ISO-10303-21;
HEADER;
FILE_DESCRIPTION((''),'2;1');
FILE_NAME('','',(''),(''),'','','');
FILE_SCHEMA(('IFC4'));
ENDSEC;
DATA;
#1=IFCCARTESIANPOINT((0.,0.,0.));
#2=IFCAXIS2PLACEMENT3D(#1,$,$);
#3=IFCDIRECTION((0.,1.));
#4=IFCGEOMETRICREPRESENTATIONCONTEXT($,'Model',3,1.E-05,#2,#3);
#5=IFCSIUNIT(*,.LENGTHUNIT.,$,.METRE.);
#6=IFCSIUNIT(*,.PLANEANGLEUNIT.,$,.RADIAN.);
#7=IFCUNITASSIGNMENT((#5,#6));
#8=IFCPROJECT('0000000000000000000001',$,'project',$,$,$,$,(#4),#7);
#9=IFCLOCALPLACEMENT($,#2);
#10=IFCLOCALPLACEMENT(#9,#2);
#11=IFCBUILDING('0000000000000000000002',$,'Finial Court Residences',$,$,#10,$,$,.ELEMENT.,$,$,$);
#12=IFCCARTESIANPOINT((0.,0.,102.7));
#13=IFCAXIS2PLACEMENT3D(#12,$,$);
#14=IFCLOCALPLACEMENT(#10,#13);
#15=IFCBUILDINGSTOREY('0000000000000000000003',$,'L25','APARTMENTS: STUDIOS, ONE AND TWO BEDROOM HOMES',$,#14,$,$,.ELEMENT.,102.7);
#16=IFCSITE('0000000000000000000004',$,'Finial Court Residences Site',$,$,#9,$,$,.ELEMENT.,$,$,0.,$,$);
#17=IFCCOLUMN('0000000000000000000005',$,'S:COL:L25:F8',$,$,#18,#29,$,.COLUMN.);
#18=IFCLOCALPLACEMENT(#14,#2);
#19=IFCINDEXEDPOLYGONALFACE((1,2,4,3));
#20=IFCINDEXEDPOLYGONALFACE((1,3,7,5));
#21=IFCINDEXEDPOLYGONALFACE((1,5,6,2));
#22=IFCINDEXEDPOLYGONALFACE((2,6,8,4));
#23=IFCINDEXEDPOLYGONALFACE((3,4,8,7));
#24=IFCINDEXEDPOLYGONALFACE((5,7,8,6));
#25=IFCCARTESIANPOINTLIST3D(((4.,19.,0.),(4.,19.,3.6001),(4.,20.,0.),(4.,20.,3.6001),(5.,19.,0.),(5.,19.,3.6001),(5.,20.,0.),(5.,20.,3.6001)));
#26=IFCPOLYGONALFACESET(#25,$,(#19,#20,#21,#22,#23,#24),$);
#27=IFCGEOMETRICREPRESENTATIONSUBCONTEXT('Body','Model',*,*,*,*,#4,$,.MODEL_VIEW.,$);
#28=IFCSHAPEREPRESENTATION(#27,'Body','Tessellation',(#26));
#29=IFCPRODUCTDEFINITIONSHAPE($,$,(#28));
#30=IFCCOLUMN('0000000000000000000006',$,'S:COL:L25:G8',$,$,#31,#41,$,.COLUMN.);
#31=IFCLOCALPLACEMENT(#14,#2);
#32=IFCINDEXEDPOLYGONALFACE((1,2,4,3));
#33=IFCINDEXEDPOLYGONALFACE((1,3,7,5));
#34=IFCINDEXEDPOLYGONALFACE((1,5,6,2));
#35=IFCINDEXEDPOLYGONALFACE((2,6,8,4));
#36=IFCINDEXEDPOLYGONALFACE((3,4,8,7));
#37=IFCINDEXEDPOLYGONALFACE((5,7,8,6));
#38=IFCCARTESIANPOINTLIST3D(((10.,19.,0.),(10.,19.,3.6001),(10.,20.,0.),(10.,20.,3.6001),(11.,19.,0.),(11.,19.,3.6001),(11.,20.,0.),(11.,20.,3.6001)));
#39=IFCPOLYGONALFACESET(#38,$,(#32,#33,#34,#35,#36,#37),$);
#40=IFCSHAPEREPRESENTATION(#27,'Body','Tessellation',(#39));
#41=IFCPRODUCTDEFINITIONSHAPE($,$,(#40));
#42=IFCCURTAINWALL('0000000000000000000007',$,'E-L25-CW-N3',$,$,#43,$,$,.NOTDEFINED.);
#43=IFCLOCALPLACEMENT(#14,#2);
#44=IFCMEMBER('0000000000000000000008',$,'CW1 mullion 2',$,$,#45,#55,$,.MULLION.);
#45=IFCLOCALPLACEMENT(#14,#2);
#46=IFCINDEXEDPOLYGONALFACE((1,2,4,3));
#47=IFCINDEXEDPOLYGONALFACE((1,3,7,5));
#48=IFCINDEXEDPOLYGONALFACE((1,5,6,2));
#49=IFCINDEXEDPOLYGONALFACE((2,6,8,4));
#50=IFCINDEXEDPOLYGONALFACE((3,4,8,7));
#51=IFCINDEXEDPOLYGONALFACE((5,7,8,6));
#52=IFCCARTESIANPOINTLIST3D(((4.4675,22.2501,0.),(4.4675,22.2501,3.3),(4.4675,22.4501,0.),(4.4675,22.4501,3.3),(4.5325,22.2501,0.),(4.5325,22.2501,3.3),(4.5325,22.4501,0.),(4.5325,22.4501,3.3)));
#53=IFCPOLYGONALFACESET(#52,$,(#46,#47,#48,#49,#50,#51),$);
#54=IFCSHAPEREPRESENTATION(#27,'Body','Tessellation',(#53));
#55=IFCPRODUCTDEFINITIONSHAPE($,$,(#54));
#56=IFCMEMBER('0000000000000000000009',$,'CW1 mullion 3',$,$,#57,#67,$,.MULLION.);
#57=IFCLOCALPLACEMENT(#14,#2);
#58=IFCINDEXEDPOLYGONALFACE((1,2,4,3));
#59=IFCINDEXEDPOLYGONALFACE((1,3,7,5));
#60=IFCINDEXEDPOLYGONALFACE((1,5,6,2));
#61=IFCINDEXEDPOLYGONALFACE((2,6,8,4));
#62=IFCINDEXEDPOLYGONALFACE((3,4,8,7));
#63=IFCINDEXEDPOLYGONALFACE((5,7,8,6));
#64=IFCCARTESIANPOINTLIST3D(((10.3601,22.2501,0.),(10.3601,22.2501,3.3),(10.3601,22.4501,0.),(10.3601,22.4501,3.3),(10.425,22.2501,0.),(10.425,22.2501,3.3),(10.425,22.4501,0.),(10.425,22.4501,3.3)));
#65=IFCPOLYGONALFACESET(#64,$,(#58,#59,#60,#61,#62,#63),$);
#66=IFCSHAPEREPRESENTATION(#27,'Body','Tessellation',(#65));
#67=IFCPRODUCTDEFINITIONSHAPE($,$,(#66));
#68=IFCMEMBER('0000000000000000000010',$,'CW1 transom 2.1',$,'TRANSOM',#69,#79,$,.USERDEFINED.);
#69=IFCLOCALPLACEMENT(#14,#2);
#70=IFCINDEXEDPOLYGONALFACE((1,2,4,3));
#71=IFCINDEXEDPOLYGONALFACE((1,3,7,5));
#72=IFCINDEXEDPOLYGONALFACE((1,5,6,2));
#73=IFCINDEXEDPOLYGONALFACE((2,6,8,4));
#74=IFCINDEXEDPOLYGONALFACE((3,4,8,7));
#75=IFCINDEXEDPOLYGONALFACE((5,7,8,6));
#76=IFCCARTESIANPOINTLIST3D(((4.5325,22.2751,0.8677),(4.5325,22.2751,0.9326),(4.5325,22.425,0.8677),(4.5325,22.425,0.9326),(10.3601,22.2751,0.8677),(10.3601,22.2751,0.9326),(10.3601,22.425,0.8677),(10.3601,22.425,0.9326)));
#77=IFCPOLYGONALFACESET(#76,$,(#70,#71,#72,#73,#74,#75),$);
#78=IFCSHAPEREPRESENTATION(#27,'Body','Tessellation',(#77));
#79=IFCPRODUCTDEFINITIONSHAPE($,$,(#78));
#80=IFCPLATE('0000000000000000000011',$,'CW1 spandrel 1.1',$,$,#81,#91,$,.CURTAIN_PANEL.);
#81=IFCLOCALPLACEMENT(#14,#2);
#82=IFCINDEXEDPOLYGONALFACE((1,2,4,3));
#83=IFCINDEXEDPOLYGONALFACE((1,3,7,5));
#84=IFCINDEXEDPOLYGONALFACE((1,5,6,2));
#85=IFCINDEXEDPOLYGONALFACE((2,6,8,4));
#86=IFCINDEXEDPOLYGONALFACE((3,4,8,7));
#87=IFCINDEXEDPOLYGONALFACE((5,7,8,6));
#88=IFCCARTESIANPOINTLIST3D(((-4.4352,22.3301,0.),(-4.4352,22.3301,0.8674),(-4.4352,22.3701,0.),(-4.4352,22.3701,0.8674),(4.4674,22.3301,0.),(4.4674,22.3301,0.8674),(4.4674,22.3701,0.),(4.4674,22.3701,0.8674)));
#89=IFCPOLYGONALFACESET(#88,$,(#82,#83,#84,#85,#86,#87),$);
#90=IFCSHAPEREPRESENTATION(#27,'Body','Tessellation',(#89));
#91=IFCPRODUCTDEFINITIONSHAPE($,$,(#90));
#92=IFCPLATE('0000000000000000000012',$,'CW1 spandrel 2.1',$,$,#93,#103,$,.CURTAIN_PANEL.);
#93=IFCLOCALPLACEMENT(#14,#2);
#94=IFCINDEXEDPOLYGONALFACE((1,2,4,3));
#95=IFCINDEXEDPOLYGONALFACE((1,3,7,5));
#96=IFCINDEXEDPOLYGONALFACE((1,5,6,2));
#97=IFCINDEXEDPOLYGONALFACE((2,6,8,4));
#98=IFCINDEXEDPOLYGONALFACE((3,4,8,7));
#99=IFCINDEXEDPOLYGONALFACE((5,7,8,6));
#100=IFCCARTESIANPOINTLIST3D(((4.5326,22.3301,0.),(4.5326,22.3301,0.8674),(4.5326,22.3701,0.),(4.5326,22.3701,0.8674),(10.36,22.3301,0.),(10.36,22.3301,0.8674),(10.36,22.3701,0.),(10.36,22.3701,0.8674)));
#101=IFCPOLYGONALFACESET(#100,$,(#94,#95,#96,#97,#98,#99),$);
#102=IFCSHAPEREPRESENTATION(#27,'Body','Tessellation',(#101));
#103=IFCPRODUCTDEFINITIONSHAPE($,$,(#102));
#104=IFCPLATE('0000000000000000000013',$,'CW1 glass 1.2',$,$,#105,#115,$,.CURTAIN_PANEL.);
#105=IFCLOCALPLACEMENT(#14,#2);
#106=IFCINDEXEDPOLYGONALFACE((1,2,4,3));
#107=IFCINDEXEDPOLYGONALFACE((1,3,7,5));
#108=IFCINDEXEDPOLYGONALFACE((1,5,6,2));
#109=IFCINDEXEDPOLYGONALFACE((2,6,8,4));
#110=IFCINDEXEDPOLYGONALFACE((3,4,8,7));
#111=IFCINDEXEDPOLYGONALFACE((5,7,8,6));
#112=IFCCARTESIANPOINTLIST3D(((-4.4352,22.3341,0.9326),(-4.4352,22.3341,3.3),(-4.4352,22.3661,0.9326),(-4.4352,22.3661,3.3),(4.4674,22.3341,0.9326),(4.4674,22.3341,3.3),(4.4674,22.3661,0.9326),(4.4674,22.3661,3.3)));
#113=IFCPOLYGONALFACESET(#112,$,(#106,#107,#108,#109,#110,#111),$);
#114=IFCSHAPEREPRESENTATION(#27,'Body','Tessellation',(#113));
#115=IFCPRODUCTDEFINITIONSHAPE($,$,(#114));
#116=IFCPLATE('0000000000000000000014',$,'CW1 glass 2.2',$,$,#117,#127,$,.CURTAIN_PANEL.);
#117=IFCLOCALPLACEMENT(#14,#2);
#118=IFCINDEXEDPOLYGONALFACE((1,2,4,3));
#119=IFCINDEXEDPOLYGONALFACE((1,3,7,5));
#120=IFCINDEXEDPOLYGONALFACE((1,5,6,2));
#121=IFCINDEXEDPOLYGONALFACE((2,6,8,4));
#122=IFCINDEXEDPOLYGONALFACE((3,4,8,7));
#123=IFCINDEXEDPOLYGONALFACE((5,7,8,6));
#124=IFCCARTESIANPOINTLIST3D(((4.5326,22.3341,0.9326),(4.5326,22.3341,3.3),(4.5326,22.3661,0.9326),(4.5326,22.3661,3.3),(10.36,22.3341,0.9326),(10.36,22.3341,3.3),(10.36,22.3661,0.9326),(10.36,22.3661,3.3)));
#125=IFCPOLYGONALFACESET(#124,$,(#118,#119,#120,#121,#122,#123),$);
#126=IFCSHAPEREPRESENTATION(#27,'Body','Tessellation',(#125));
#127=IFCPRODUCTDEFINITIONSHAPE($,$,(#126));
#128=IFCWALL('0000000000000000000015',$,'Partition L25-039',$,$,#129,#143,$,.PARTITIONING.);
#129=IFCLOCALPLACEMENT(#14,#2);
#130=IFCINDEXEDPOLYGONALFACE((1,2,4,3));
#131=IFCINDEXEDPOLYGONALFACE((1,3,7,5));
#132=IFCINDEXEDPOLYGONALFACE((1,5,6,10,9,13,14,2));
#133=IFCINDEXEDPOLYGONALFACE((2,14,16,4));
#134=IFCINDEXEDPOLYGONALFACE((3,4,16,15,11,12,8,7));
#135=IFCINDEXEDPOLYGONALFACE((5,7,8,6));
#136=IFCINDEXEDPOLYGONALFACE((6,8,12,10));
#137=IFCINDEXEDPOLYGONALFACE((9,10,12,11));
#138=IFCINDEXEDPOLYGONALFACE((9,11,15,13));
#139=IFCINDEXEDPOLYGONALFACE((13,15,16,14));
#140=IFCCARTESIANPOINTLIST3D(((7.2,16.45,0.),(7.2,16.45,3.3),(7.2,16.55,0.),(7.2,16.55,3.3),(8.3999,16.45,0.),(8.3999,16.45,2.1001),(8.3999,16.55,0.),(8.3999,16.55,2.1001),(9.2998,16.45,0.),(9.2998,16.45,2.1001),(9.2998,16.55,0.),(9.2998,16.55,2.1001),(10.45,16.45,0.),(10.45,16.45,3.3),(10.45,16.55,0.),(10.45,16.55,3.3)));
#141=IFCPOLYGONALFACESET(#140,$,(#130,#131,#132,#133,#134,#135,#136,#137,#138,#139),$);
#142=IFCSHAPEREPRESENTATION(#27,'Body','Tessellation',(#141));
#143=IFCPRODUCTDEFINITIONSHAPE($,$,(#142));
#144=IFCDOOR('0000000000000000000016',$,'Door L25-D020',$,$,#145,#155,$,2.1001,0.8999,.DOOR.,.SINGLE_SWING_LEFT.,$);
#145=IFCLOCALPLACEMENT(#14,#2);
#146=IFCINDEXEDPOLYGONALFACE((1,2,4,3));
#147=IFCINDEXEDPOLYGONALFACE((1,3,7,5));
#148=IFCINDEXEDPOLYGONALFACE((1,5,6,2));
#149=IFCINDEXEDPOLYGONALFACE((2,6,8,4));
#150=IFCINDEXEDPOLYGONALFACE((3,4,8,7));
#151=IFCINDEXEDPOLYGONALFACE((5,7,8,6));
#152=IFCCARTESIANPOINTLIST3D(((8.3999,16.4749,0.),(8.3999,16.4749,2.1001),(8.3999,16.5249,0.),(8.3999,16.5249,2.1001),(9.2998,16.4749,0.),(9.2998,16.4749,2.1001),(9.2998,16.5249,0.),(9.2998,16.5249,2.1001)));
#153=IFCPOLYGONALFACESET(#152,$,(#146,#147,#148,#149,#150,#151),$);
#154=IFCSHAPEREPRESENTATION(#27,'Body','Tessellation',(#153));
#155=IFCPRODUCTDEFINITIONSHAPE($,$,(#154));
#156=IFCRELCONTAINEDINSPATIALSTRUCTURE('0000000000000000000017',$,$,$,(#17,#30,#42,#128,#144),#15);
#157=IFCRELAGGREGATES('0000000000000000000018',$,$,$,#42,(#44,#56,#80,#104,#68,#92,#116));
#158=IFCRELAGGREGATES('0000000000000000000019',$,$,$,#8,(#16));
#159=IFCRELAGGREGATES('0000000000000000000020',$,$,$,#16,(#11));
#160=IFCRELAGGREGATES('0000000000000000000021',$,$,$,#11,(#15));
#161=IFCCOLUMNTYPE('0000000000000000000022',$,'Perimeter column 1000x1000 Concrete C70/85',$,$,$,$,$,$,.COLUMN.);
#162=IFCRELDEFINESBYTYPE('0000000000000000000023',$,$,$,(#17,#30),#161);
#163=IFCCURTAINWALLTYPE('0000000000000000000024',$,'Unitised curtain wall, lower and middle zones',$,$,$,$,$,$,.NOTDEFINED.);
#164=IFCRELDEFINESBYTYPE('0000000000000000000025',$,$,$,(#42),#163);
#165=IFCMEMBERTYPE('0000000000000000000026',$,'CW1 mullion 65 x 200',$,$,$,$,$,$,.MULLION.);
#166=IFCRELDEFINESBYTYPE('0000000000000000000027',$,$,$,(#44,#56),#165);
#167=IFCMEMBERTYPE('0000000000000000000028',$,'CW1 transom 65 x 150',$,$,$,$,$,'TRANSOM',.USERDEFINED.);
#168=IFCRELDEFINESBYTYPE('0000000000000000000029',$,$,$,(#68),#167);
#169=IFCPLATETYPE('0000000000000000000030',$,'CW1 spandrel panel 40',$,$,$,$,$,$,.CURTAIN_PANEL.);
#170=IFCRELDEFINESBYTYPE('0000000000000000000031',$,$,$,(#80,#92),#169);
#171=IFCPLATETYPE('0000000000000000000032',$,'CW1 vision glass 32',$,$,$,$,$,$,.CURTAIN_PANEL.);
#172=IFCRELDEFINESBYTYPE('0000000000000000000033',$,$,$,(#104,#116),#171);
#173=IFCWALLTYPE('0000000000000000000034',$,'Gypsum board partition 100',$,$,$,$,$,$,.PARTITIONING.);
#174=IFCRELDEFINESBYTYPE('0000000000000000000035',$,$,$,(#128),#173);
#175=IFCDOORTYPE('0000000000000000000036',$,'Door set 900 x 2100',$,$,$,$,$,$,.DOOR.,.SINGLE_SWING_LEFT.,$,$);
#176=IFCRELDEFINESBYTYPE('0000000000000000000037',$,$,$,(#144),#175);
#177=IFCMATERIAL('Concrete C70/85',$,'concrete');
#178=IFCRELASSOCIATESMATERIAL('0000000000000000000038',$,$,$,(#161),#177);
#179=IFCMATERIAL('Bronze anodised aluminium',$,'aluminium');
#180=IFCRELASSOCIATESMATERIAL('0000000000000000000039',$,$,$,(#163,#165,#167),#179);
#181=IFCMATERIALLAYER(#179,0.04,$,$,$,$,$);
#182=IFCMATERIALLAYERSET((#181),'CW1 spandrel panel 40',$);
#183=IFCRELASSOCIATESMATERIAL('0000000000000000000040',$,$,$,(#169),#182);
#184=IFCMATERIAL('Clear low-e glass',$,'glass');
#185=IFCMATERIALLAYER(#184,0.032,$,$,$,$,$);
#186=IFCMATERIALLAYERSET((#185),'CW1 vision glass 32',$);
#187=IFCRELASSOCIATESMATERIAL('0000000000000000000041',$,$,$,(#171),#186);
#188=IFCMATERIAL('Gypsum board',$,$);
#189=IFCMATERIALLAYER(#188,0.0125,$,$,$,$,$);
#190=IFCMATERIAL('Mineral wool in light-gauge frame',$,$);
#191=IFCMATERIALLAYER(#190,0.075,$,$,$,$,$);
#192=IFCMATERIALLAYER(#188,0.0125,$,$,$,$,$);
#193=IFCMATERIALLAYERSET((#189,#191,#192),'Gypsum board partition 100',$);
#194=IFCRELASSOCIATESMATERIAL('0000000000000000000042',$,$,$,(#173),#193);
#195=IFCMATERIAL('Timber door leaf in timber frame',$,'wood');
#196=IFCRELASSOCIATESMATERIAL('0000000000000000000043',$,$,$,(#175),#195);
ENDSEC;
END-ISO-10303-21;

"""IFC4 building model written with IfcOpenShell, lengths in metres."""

from ifc_helpers import new_model, si_unit, direction, frame, frame_2d, origin, origin_2d, place, context, subcontext, project, spatial, rectangle, extrude, material, layer, layer_set, material_profile, profile_set, type_object, element, fill, aggregate, save


model = new_model("IFC4")

# Units and contexts
model_context = context("Model", 3, precision=1e-05, world=origin(), true_north=direction((0.0, 1.0)))
body_context = subcontext(model_context, "Body", "Model", "MODEL_VIEW")
ifc_project = project(units=[si_unit("LENGTHUNIT", "METRE"), si_unit("PLANEANGLEUNIT", "RADIAN")], contexts=[model_context])

# Site, building, storey
site_placement = place(None, origin())
site = spatial("IfcSite", under=ifc_project, at=site_placement, Name="Finial Court Residences Site", CompositionType="ELEMENT", RefElevation=0.0)
building_placement = place(site_placement, origin())
building = spatial("IfcBuilding", under=site, at=building_placement, Name="Finial Court Residences", CompositionType="ELEMENT")
storey_placement = place(building_placement, frame((0.0, 0.0, 102.7)))
storey = spatial("IfcBuildingStorey", under=building, at=storey_placement, Name="L25", Description="APARTMENTS: STUDIOS, ONE AND TWO BEDROOM HOMES", CompositionType="ELEMENT", Elevation=102.7)

# Columns
ifc_material_1 = material(Name="Concrete C70/85", Category="concrete")
ifc_material_profile_1 = material_profile(ifc_material_1, rectangle(XDim=1.0, YDim=1.0, at=origin_2d()), Name="1000x1000")
ifc_profile_set_1 = profile_set([ifc_material_profile_1], Name="Concrete C70/85")
column_type = type_object("IfcColumnType", Name="Perimeter column 1000x1000 Concrete C70/85", PredefinedType="COLUMN", material=ifc_profile_set_1)
for number, where, z_axis, x_axis, name in (
    (1, (4.5, 19.5, 0.0), (0.0, 0.0, 1.0), (1.0, 0.0, 0.0), "S:COL:L25:F8"),
    (2, (10.5, 19.5, 0.0), (0.0, 0.0, 1.0), (1.0, 0.0, 0.0), "S:COL:L25:G8"),
):
    element("IfcColumn", number, at=place(storey_placement, frame(where, z_axis=z_axis, x_axis=x_axis)), inside=storey, type_object=column_type, Name=name, PredefinedType="COLUMN", context=body_context, shape_type="SweptSolid", body=[
        extrude(rectangle(XDim=1.0, YDim=1.0, at=origin_2d()), origin(), (0.0, 0.0, 1.0), 3.6001),
    ])

# Curtain wall, members, plates
ifc_material_2 = material(Name="Bronze anodised aluminium", Category="aluminium")
curtain_wall_type = type_object("IfcCurtainWallType", Name="Unitised curtain wall, lower and middle zones", PredefinedType="NOTDEFINED", material=ifc_material_2)
curtain_wall_placement = place(storey_placement, origin())
curtain_wall = element("IfcCurtainWall", 3, at=curtain_wall_placement, inside=storey, type_object=curtain_wall_type, Name="E-L25-CW-N3", PredefinedType="NOTDEFINED")
ifc_material_profile_2 = material_profile(ifc_material_2, rectangle(XDim=0.2, YDim=0.0649, at=origin_2d()), Name="CW1 mullion 65 x 200")
ifc_profile_set_2 = profile_set([ifc_material_profile_2], Name="Bronze anodised aluminium")
member_type_1 = type_object("IfcMemberType", Name="CW1 mullion 65 x 200", PredefinedType="MULLION", material=ifc_profile_set_2)
member_1_placement = place(storey_placement, frame((4.5, 22.3501, 0.0), z_axis=(0.0, 0.0, 1.0), x_axis=(0.0, 1.0, 0.0)))
member_1 = element("IfcMember", 4, at=member_1_placement, type_object=member_type_1, Name="CW1 mullion 2", PredefinedType="MULLION", context=body_context, shape_type="SweptSolid", body=[
    extrude(rectangle(XDim=0.2, YDim=0.0649, at=origin_2d()), origin(), (0.0, 0.0, 1.0), 3.3),
])
member_2_placement = place(storey_placement, frame((10.3926, 22.3501, 0.0), z_axis=(0.0, 0.0, 1.0), x_axis=(0.0, 1.0, 0.0)))
member_2 = element("IfcMember", 5, at=member_2_placement, type_object=member_type_1, Name="CW1 mullion 3", PredefinedType="MULLION", context=body_context, shape_type="SweptSolid", body=[
    extrude(rectangle(XDim=0.2, YDim=0.0649, at=origin_2d()), origin(), (0.0, 0.0, 1.0), 3.3),
])
ifc_material_profile_3 = material_profile(ifc_material_2, rectangle(XDim=0.1499, YDim=0.0649, at=origin_2d()), Name="CW1 transom 65 x 150")
ifc_profile_set_3 = profile_set([ifc_material_profile_3], Name="Bronze anodised aluminium")
member_type_2 = type_object("IfcMemberType", Name="CW1 transom 65 x 150", ElementType="TRANSOM", PredefinedType="USERDEFINED", material=ifc_profile_set_3)
member_3_placement = place(storey_placement, frame((4.5325, 22.3501, 0.9001), z_axis=(1.0, 0.0, 0.0), x_axis=(0.0, 1.0, 0.0)))
member_3 = element("IfcMember", 6, at=member_3_placement, type_object=member_type_2, Name="CW1 transom 2.1", ObjectType="TRANSOM", PredefinedType="USERDEFINED", context=body_context, shape_type="SweptSolid", body=[
    extrude(rectangle(XDim=0.1499, YDim=0.0649, at=origin_2d()), origin(), (0.0, 0.0, 1.0), 5.8276),
])
ifc_layer_1 = layer(ifc_material_2, 0.04)
ifc_layer_set_1 = layer_set([ifc_layer_1], Name="CW1 spandrel panel 40")
plate_type_1 = type_object("IfcPlateType", Name="CW1 spandrel panel 40", PredefinedType="CURTAIN_PANEL", material=ifc_layer_set_1)
plate_1_placement = place(storey_placement, frame((0.0161, 22.3501, 0.0), z_axis=(0.0, 0.0, 1.0), x_axis=(1.0, 0.0, 0.0)))
plate_1 = element("IfcPlate", 7, at=plate_1_placement, type_object=plate_type_1, Name="CW1 spandrel 1.1", PredefinedType="CURTAIN_PANEL", context=body_context, shape_type="SweptSolid", body=[
    extrude(rectangle(XDim=8.9026, YDim=0.04, at=origin_2d()), origin(), (0.0, 0.0, 1.0), 0.8674),
])
plate_2_placement = place(storey_placement, frame((7.4463, 22.3501, 0.0), z_axis=(0.0, 0.0, 1.0), x_axis=(1.0, 0.0, 0.0)))
plate_2 = element("IfcPlate", 8, at=plate_2_placement, type_object=plate_type_1, Name="CW1 spandrel 2.1", PredefinedType="CURTAIN_PANEL", context=body_context, shape_type="SweptSolid", body=[
    extrude(rectangle(XDim=5.8274, YDim=0.04, at=origin_2d()), origin(), (0.0, 0.0, 1.0), 0.8674),
])
ifc_material_3 = material(Name="Clear low-e glass", Category="glass")
ifc_layer_2 = layer(ifc_material_3, 0.032)
ifc_layer_set_2 = layer_set([ifc_layer_2], Name="CW1 vision glass 32")
plate_type_2 = type_object("IfcPlateType", Name="CW1 vision glass 32", PredefinedType="CURTAIN_PANEL", material=ifc_layer_set_2)
plate_3_placement = place(storey_placement, frame((0.0161, 22.3501, 0.9326), z_axis=(0.0, 0.0, 1.0), x_axis=(1.0, 0.0, 0.0)))
plate_3 = element("IfcPlate", 9, at=plate_3_placement, type_object=plate_type_2, Name="CW1 glass 1.2", PredefinedType="CURTAIN_PANEL", context=body_context, shape_type="SweptSolid", body=[
    extrude(rectangle(XDim=8.9026, YDim=0.032, at=origin_2d()), origin(), (0.0, 0.0, 1.0), 2.3674),
])
plate_4_placement = place(storey_placement, frame((7.4463, 22.3501, 0.9326), z_axis=(0.0, 0.0, 1.0), x_axis=(1.0, 0.0, 0.0)))
plate_4 = element("IfcPlate", 10, at=plate_4_placement, type_object=plate_type_2, Name="CW1 glass 2.2", PredefinedType="CURTAIN_PANEL", context=body_context, shape_type="SweptSolid", body=[
    extrude(rectangle(XDim=5.8274, YDim=0.032, at=origin_2d()), origin(), (0.0, 0.0, 1.0), 2.3674),
])
aggregate(curtain_wall, [member_1, member_2, plate_1, plate_3, member_3, plate_2, plate_4])

# Wall, opening, door
ifc_material_4 = material(Name="Gypsum board")
ifc_layer_3 = layer(ifc_material_4, 0.0125)
ifc_material_5 = material(Name="Mineral wool in light-gauge frame")
ifc_layer_4 = layer(ifc_material_5, 0.075)
ifc_layer_5 = layer(ifc_material_4, 0.0125)
ifc_layer_set_3 = layer_set([ifc_layer_3, ifc_layer_4, ifc_layer_5], Name="Gypsum board partition 100")
wall_type_1 = type_object("IfcWallType", Name="Gypsum board partition 100", PredefinedType="PARTITIONING", material=ifc_layer_set_3)
wall_1_placement = place(storey_placement, frame((7.2, 16.5, 0.0), z_axis=(0.0, 0.0, 1.0), x_axis=(1.0, 0.0, 0.0)))
wall_1 = element("IfcWall", 11, at=wall_1_placement, inside=storey, type_object=wall_type_1, Name="Partition L25-039", PredefinedType="PARTITIONING", context=body_context, shape_type="SweptSolid", body=[
    extrude(rectangle(XDim=3.25, YDim=0.1001, at=frame_2d((1.625, 0.0))), origin(), (0.0, 0.0, 1.0), 3.3),
])
opening_1_placement = place(wall_1_placement, frame((1.2, 0.0, 0.0)))
opening_1 = element("IfcOpeningElement", 12, at=opening_1_placement, cuts=wall_1, PredefinedType="OPENING", context=body_context, shape_type="SweptSolid", body=[
    extrude(rectangle(XDim=0.8999, YDim=2.1001, at=frame_2d((0.45, 1.05))), frame((0.0, 0.0601, 0.0), z_axis=(0.0, -1.0, 0.0), x_axis=(1.0, 0.0, 0.0)), (0.0, 0.0, 1.0), 0.1201),
])
ifc_material_6 = material(Name="Timber door leaf in timber frame", Category="wood")
door_type_1 = type_object("IfcDoorType", Name="Door set 900 x 2100", OperationType="SINGLE_SWING_LEFT", PredefinedType="DOOR", material=ifc_material_6)
door_1_placement = place(opening_1_placement, origin())
door_1 = element("IfcDoor", 13, at=door_1_placement, inside=storey, type_object=door_type_1, Name="Door L25-D020", OperationType="SINGLE_SWING_LEFT", OverallHeight=2.1001, OverallWidth=0.8999, PredefinedType="DOOR", context=body_context, shape_type="SweptSolid", body=[
    extrude(rectangle(XDim=0.8999, YDim=2.1001, at=frame_2d((0.45, 1.05))), frame((0.0, 0.0249, 0.0), z_axis=(0.0, -1.0, 0.0), x_axis=(1.0, 0.0, 0.0)), (0.0, 0.0, 1.0), 0.05),
])
fill(opening_1, door_1)

save(model, "model.ifc")
